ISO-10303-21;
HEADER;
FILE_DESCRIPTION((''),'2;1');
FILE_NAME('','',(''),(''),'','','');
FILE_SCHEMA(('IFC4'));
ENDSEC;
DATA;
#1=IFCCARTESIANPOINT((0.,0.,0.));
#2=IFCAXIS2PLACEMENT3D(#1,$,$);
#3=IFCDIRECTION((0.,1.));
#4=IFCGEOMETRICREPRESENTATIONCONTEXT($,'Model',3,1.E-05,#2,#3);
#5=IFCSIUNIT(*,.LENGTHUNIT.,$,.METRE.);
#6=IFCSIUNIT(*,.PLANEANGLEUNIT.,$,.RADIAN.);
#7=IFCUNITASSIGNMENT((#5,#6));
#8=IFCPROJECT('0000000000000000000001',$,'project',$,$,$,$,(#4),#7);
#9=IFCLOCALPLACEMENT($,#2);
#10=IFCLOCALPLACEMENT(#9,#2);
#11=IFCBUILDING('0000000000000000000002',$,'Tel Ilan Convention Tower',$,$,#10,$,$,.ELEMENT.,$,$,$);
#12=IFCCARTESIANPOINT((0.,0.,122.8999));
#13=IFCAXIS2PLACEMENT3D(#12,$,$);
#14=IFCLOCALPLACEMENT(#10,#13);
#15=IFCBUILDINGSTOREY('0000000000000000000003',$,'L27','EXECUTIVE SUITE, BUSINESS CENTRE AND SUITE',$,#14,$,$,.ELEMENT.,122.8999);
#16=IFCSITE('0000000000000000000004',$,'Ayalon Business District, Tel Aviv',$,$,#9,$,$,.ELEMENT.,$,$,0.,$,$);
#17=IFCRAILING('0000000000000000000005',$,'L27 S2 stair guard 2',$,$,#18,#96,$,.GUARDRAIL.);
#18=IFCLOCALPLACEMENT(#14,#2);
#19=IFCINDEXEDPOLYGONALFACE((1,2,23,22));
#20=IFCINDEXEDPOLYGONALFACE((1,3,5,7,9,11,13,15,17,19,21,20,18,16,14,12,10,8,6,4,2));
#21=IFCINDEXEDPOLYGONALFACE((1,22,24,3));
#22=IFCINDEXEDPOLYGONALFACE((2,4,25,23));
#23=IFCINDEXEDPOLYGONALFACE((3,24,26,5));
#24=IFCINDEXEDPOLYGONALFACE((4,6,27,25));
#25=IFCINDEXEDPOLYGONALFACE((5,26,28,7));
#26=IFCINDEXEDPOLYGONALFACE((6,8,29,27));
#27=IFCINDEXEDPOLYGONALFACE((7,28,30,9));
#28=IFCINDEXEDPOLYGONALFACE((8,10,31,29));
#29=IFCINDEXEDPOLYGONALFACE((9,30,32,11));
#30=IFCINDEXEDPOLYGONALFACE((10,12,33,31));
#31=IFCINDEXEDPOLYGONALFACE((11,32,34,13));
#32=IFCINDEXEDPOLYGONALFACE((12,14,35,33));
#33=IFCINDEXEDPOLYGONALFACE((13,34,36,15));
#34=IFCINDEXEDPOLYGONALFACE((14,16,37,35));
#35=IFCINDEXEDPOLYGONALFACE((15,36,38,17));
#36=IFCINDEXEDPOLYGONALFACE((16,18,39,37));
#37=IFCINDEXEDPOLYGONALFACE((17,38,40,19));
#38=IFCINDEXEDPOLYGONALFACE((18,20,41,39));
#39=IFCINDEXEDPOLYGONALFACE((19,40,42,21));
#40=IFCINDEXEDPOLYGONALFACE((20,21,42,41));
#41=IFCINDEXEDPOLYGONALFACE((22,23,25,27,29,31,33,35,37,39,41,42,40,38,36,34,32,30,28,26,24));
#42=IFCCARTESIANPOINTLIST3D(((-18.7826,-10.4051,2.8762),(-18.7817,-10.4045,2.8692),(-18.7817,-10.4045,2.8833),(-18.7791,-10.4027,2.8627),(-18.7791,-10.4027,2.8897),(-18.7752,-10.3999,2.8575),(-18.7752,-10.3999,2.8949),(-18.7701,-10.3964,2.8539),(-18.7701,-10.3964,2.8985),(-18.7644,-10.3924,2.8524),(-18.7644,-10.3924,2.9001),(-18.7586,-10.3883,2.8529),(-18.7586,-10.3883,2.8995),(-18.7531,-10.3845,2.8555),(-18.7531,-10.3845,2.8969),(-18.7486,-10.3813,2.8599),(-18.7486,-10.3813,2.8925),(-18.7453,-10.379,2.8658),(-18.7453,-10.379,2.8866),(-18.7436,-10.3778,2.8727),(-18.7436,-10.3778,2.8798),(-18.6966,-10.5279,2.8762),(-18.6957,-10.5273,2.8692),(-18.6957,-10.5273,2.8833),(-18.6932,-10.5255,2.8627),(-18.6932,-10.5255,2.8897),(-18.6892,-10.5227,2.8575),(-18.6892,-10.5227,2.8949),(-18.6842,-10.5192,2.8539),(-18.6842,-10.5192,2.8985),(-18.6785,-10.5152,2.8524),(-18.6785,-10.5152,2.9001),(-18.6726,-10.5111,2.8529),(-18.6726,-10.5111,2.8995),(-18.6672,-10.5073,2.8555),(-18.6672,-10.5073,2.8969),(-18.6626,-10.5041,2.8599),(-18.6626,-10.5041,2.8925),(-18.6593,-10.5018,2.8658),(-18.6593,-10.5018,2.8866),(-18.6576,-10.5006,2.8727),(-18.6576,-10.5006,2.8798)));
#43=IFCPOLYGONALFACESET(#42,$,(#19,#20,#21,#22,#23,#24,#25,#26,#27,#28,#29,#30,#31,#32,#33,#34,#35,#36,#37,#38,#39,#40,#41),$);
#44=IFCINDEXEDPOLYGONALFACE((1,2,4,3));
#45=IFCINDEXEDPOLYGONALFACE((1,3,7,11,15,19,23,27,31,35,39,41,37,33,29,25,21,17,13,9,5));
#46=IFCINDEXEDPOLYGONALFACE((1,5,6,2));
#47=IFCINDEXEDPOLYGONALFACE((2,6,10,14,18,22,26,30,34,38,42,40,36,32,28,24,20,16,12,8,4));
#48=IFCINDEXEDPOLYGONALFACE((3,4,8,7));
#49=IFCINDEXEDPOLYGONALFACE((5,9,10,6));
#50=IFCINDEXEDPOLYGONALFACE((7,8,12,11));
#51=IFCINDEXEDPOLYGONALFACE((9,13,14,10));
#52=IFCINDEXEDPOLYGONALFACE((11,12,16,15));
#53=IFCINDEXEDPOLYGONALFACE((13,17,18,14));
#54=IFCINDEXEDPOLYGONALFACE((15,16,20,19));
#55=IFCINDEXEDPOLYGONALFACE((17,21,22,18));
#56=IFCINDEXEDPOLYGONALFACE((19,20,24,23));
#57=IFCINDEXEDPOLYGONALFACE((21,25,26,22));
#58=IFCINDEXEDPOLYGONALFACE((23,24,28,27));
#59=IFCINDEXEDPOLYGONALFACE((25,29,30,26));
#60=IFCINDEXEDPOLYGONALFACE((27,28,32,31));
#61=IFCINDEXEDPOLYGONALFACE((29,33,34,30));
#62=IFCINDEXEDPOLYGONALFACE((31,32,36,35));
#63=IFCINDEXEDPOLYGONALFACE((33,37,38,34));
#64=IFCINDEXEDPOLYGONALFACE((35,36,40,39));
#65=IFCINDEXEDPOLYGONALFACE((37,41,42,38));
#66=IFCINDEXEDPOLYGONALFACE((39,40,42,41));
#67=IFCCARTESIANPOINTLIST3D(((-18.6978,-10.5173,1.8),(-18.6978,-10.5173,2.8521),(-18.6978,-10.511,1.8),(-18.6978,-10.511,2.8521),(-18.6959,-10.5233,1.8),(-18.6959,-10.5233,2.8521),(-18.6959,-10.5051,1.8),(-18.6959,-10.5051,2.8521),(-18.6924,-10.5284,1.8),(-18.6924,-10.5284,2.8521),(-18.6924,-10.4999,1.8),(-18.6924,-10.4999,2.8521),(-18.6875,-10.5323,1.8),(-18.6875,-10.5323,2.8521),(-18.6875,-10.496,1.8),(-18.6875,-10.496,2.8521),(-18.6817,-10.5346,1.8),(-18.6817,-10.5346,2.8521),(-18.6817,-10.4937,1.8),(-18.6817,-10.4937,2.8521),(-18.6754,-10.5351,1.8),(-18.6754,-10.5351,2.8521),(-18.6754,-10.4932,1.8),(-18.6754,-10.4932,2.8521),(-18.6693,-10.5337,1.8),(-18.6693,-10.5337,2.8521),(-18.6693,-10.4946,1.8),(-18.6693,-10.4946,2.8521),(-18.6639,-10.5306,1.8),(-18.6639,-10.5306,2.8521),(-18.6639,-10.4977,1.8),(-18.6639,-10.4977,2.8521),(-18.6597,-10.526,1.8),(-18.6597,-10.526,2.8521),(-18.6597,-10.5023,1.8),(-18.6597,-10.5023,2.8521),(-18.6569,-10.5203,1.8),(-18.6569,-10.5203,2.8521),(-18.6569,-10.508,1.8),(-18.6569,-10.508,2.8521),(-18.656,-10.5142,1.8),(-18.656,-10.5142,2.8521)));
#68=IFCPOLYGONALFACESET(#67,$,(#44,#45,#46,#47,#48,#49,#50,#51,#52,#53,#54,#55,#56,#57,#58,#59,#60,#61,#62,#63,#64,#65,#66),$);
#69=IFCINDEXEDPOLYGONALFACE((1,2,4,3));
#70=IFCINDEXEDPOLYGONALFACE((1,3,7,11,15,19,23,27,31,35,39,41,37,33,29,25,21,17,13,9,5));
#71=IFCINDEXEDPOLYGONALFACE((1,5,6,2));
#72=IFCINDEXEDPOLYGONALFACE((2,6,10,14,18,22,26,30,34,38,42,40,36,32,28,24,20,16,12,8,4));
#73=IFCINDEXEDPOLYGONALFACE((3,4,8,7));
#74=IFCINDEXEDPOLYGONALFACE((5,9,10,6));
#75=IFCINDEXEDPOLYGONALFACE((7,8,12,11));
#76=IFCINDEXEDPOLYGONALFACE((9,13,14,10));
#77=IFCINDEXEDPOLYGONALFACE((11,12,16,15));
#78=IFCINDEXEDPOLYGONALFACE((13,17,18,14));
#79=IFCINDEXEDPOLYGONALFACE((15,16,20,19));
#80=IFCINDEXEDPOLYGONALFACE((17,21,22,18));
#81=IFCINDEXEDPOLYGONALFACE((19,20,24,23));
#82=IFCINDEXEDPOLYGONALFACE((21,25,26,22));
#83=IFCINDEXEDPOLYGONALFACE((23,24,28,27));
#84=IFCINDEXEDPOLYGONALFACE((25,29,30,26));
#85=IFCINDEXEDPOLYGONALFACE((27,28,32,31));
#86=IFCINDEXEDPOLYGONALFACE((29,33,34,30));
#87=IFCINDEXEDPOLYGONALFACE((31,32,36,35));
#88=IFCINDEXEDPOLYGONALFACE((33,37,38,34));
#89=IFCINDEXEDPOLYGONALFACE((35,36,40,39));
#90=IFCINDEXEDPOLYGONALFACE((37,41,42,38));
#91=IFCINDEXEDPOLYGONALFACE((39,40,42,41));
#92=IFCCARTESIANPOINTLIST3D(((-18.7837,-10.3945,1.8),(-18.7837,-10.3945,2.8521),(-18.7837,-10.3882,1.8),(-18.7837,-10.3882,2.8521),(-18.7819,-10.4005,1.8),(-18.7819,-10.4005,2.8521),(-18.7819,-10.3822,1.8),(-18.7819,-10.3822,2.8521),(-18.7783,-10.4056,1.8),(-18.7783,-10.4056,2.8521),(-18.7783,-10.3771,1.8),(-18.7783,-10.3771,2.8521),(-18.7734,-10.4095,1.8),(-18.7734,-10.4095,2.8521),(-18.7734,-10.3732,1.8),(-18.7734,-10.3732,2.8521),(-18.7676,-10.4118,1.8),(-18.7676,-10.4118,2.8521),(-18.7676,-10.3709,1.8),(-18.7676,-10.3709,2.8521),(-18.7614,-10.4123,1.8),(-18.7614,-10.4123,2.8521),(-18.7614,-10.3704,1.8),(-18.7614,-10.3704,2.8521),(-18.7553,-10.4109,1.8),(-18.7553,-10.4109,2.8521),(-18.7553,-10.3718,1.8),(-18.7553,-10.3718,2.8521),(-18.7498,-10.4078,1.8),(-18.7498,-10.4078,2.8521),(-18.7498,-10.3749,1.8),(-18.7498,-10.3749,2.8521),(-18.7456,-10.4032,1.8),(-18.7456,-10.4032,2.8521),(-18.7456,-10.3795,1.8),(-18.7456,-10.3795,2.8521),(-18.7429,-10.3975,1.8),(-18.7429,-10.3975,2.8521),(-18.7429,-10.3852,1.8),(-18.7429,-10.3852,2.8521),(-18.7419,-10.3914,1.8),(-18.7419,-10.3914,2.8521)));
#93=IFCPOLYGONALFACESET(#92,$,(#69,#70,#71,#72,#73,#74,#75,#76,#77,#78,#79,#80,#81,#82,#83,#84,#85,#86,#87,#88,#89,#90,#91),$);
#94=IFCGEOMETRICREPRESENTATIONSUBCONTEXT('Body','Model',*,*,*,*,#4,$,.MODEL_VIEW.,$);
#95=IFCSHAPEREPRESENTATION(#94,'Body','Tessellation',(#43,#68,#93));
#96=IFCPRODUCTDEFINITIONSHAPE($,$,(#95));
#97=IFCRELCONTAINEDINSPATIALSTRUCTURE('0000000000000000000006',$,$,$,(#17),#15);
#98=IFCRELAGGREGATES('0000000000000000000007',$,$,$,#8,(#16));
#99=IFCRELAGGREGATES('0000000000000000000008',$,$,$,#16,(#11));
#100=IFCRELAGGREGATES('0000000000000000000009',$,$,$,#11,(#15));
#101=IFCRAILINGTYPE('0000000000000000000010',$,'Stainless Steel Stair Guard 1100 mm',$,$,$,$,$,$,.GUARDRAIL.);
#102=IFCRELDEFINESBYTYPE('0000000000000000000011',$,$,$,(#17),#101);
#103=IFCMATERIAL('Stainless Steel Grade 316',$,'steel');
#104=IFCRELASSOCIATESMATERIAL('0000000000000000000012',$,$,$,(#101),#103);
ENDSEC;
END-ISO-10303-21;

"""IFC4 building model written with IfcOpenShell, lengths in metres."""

from ifc_helpers import new_model, si_unit, direction, frame, origin, origin_2d, place, context, subcontext, project, spatial, circle, extrude, material, type_object, element, save


model = new_model("IFC4")

# Units and contexts
model_context = context("Model", 3, precision=1e-05, world=origin(), true_north=direction((0.0, 1.0)))
body_context = subcontext(model_context, "Body", "Model", "MODEL_VIEW")
ifc_project = project(units=[si_unit("LENGTHUNIT", "METRE"), si_unit("PLANEANGLEUNIT", "RADIAN")], contexts=[model_context])

# Site, building, storey
site_placement = place(None, origin())
site = spatial("IfcSite", under=ifc_project, at=site_placement, Name="Ayalon Business District, Tel Aviv", CompositionType="ELEMENT", RefElevation=0.0)
building_placement = place(site_placement, origin())
building = spatial("IfcBuilding", under=site, at=building_placement, Name="Tel Ilan Convention Tower", CompositionType="ELEMENT")
storey_placement = place(building_placement, frame((0.0, 0.0, 122.8999)))
storey = spatial("IfcBuildingStorey", under=building, at=storey_placement, Name="L27", Description="EXECUTIVE SUITE, BUSINESS CENTRE AND SUITE", CompositionType="ELEMENT", Elevation=122.8999)

# Railing
ifc_material_1 = material(Name="Stainless Steel Grade 316", Category="steel")
railing_type_1 = type_object("IfcRailingType", Name="Stainless Steel Stair Guard 1100 mm", PredefinedType="GUARDRAIL", material=ifc_material_1)
railing_1_placement = place(storey_placement, frame((-18.677, -10.5142, 1.8)))
element("IfcRailing", 1, at=railing_1_placement, inside=storey, type_object=railing_type_1, Name="L27 S2 stair guard 2", PredefinedType="GUARDRAIL", context=body_context, shape_type="SweptSolid", body=[
    extrude(circle(Radius=0.0239, at=origin_2d()), frame((0.0, 0.0, 1.0762), z_axis=(-0.573353, 0.819308, 0.0), x_axis=(-0.819308, -0.573353, 0.0)), (0.0, 0.0, 1.0), 0.1499),
    extrude(circle(Radius=0.021, at=origin_2d()), origin(), (0.0, 0.0, 1.0), 1.052),
    extrude(circle(Radius=0.021, at=origin_2d()), frame((-0.0859, 0.1228, 0.0)), (0.0, 0.0, 1.0), 1.052),
])

save(model, "model.ifc")
